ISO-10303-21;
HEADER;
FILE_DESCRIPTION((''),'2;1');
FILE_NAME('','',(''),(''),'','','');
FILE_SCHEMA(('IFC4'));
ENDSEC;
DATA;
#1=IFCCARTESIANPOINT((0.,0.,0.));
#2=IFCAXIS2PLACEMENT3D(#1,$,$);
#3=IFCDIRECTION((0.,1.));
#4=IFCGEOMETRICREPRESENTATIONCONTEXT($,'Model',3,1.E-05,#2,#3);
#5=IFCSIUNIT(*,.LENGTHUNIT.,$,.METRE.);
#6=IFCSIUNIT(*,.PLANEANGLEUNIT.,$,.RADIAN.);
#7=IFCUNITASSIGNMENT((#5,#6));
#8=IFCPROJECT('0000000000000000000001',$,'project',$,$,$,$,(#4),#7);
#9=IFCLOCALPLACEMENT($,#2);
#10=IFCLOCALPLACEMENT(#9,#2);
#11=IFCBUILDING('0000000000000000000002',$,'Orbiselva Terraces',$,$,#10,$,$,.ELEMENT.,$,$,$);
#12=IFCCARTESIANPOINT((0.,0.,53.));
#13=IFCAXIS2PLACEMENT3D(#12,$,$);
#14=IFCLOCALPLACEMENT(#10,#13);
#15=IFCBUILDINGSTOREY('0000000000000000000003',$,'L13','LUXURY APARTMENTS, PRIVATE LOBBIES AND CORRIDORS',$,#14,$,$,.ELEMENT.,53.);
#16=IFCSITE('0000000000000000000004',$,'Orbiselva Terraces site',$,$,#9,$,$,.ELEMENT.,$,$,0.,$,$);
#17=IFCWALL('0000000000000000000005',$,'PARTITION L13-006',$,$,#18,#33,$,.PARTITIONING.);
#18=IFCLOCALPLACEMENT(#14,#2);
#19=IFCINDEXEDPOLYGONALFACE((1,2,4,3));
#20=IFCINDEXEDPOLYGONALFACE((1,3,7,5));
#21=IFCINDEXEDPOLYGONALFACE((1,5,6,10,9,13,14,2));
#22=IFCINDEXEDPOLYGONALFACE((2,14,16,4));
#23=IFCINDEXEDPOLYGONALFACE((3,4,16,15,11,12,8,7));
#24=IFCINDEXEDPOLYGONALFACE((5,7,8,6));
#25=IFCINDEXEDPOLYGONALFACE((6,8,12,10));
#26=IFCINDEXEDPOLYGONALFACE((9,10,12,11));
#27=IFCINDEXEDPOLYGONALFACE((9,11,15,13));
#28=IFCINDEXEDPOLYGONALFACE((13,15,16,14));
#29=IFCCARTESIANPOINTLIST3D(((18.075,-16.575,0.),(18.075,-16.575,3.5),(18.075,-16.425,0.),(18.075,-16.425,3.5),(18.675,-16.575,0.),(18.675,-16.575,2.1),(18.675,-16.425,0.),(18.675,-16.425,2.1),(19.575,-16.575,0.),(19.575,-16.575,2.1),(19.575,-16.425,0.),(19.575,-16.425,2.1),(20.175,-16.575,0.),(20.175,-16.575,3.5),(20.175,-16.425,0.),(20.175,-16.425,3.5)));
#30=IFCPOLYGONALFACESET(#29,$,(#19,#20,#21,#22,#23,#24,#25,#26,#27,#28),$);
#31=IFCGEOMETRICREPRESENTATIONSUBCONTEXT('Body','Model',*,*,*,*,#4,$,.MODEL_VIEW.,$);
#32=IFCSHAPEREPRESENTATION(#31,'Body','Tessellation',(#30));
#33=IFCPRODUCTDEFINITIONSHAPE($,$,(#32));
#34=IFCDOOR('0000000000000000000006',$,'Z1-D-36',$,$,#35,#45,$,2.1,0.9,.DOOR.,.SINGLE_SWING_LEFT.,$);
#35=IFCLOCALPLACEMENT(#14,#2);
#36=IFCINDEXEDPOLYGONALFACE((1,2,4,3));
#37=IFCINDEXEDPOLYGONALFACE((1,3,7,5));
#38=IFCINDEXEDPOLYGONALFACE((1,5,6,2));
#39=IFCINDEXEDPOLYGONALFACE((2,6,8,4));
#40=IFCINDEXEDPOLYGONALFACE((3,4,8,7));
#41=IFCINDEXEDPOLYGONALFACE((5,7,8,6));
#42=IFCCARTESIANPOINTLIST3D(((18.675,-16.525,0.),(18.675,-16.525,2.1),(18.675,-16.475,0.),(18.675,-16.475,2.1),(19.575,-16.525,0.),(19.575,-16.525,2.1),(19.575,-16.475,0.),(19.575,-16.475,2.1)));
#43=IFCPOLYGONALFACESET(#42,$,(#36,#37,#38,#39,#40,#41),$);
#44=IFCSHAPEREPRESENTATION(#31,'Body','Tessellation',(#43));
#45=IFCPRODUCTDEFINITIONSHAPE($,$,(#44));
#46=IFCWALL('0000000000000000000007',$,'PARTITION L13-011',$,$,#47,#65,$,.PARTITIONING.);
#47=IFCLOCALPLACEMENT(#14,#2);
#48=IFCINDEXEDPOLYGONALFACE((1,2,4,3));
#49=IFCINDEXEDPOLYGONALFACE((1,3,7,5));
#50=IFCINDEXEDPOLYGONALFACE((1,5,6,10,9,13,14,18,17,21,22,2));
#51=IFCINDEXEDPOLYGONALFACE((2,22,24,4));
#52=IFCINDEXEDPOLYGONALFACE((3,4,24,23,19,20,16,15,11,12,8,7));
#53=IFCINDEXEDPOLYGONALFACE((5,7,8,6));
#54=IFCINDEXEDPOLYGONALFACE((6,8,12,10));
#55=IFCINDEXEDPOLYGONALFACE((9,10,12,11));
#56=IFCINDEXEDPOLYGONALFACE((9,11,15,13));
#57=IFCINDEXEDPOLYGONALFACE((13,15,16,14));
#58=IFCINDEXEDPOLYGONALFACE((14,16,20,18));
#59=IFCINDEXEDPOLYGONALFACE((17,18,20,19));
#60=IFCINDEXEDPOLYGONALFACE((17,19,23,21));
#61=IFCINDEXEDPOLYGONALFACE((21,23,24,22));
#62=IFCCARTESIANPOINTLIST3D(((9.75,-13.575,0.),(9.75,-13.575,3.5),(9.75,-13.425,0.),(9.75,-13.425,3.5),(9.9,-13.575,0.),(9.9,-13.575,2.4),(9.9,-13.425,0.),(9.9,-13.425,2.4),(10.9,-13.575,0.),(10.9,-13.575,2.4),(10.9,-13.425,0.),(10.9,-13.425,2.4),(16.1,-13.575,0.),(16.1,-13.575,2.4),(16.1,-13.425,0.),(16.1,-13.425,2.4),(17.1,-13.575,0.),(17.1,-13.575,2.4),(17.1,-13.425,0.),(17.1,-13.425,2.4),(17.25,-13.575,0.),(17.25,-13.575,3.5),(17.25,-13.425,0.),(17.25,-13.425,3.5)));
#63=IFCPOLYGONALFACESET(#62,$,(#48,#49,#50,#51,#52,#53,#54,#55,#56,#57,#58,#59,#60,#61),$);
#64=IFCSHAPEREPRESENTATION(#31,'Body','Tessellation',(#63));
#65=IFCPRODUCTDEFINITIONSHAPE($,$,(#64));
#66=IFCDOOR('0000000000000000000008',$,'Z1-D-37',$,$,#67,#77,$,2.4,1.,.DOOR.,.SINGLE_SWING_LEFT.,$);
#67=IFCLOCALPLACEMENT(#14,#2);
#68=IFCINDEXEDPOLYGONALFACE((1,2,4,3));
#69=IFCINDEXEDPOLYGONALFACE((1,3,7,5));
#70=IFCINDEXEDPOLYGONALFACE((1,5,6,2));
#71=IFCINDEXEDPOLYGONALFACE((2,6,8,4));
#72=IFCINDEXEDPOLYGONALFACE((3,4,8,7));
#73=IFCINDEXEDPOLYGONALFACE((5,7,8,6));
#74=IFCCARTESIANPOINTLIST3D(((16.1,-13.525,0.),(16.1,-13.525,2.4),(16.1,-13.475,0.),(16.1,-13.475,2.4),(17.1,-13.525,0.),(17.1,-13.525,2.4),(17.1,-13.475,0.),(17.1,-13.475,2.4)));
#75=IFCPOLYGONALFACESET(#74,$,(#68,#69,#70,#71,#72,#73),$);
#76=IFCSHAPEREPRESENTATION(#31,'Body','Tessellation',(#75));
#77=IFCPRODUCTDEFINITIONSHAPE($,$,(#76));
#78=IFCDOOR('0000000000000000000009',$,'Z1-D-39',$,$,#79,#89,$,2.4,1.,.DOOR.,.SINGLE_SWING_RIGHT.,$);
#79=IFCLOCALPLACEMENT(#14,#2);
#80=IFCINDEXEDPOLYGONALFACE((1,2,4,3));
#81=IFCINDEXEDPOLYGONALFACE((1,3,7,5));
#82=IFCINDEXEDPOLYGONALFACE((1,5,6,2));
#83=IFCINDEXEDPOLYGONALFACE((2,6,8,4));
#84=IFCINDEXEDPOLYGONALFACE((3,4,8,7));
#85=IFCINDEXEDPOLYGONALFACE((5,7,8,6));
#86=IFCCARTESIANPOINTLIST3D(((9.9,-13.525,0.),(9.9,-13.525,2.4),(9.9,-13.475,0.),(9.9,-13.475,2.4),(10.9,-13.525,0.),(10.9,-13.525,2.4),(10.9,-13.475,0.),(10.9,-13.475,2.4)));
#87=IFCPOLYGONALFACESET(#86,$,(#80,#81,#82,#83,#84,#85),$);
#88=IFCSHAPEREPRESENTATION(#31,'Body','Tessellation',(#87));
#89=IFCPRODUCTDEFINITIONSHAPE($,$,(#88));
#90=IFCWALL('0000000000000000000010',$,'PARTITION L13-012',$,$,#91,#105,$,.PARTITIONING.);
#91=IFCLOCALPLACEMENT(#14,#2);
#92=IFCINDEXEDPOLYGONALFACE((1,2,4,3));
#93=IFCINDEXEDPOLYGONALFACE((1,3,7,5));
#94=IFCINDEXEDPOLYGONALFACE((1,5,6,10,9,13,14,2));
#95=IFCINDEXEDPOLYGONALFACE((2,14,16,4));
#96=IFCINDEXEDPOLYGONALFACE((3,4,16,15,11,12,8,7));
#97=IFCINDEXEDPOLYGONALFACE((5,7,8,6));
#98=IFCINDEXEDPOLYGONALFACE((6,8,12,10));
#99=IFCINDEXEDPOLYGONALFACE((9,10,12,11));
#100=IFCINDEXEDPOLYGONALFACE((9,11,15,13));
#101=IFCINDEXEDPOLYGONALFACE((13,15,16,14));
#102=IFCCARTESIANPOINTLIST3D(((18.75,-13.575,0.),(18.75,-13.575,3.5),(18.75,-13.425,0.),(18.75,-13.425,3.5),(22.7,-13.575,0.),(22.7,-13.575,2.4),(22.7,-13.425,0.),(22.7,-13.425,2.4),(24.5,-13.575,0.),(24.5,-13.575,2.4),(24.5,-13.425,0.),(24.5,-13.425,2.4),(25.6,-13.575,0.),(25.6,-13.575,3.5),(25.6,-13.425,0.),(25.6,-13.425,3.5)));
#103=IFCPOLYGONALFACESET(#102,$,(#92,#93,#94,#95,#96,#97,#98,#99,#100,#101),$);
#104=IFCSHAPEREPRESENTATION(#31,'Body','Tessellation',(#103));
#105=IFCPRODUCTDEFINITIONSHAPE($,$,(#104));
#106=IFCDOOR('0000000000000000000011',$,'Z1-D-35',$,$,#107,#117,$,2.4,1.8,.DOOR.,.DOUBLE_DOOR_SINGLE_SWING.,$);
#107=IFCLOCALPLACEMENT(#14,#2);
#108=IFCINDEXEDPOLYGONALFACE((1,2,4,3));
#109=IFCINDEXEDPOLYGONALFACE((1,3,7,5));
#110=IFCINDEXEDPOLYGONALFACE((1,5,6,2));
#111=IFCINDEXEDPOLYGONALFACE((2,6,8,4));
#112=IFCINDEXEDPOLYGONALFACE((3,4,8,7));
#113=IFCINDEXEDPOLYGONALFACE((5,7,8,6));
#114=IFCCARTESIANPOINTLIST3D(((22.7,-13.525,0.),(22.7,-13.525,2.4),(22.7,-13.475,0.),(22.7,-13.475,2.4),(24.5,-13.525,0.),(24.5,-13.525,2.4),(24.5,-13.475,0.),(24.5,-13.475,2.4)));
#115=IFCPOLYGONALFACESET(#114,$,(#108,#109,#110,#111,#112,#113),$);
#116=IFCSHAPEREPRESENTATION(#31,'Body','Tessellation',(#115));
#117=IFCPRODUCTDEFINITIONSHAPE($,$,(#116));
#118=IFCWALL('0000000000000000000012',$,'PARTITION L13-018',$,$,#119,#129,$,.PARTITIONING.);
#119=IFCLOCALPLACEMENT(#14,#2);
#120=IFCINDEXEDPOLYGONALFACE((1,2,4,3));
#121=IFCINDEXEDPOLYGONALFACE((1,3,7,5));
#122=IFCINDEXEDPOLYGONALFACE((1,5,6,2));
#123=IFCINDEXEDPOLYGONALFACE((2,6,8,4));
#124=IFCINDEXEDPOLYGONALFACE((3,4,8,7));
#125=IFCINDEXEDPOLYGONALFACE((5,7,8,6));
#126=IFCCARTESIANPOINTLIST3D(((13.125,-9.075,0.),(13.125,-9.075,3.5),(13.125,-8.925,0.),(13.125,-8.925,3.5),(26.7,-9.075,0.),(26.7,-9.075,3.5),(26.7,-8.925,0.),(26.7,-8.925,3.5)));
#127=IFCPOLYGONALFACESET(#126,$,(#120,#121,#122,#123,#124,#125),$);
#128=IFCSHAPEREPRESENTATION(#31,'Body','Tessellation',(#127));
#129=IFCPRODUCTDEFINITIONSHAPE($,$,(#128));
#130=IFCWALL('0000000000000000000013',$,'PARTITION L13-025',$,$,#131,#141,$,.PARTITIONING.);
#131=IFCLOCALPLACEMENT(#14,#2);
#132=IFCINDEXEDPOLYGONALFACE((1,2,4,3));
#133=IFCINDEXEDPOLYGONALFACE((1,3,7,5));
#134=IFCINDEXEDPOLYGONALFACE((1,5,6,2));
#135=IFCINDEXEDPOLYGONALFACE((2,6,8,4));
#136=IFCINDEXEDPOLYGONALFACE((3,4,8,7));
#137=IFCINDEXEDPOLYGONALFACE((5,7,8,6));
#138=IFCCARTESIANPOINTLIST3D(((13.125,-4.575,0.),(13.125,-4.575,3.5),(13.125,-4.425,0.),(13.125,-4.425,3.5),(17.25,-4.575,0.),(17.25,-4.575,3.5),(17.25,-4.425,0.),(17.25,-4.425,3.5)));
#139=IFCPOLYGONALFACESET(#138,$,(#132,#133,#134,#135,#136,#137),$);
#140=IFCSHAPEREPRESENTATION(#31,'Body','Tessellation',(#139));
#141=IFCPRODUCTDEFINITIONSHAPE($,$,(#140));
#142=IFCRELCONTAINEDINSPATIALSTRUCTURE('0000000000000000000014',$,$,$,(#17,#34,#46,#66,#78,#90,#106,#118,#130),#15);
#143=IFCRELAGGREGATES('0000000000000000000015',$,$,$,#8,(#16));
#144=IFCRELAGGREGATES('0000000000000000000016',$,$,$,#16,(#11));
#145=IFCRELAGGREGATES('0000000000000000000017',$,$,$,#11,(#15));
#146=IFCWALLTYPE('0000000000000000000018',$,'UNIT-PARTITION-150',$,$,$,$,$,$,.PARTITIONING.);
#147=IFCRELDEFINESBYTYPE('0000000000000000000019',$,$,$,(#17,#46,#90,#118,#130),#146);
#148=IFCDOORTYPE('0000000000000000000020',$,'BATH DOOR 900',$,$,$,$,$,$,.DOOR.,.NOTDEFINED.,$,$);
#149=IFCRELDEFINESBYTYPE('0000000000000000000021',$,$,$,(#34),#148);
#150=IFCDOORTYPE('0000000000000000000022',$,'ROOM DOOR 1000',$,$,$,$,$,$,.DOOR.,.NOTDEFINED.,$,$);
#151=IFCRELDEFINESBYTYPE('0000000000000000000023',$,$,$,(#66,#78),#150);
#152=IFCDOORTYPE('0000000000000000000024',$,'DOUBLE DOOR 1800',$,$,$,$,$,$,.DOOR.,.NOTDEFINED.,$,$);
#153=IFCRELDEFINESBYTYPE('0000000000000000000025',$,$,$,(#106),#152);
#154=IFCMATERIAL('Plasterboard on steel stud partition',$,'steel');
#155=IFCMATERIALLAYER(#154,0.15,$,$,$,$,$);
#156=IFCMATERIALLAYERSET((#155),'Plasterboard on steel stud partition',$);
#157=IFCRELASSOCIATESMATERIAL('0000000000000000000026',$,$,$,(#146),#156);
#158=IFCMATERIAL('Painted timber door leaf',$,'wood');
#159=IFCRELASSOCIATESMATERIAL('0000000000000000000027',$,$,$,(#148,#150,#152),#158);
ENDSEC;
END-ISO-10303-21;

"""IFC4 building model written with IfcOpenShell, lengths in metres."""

from ifc_helpers import new_model, si_unit, direction, frame, frame_2d, origin, place, context, subcontext, project, spatial, rectangle, extrude, material, layer, layer_set, type_object, element, fill, save


model = new_model("IFC4")

# Units and contexts
model_context = context("Model", 3, precision=1e-05, world=origin(), true_north=direction((0.0, 1.0)))
body_context = subcontext(model_context, "Body", "Model", "MODEL_VIEW")
ifc_project = project(units=[si_unit("LENGTHUNIT", "METRE"), si_unit("PLANEANGLEUNIT", "RADIAN")], contexts=[model_context])

# Site, building, storey
site_placement = place(None, origin())
site = spatial("IfcSite", under=ifc_project, at=site_placement, Name="Orbiselva Terraces site", CompositionType="ELEMENT", RefElevation=0.0)
building_placement = place(site_placement, origin())
building = spatial("IfcBuilding", under=site, at=building_placement, Name="Orbiselva Terraces", CompositionType="ELEMENT")
storey_placement = place(building_placement, frame((0.0, 0.0, 53.0)))
storey = spatial("IfcBuildingStorey", under=building, at=storey_placement, Name="L13", Description="LUXURY APARTMENTS, PRIVATE LOBBIES AND CORRIDORS", CompositionType="ELEMENT", Elevation=53.0)

# Shared definitions
ifc_material_1 = material(Name="Plasterboard on steel stud partition", Category="steel")

# Wall, opening, door
ifc_layer_1 = layer(ifc_material_1, 0.15)
ifc_layer_set_1 = layer_set([ifc_layer_1], Name="Plasterboard on steel stud partition")
wall_type_1 = type_object("IfcWallType", Name="UNIT-PARTITION-150", PredefinedType="PARTITIONING", material=ifc_layer_set_1)
wall_1_placement = place(storey_placement, frame((18.075, -16.5, 0.0), z_axis=(0.0, 0.0, 1.0), x_axis=(1.0, 0.0, 0.0)))
wall_1 = element("IfcWall", 1, at=wall_1_placement, inside=storey, type_object=wall_type_1, Name="PARTITION L13-006", PredefinedType="PARTITIONING", context=body_context, shape_type="SweptSolid", body=[
    extrude(rectangle(XDim=2.1, YDim=0.15, at=frame_2d((1.05, 0.0))), origin(), (0.0, 0.0, 1.0), 3.5),
])
opening_1_placement = place(wall_1_placement, frame((0.6, 0.0, 0.0)))
opening_1 = element("IfcOpeningElement", 2, at=opening_1_placement, cuts=wall_1, PredefinedType="OPENING", context=body_context, shape_type="SweptSolid", body=[
    extrude(rectangle(XDim=0.9, YDim=2.1, at=frame_2d((0.45, 1.05))), frame((0.0, 0.085, 0.0), z_axis=(0.0, -1.0, 0.0), x_axis=(1.0, 0.0, 0.0)), (0.0, 0.0, 1.0), 0.17),
])
ifc_material_2 = material(Name="Painted timber door leaf", Category="wood")
door_type_1 = type_object("IfcDoorType", Name="BATH DOOR 900", OperationType="NOTDEFINED", PredefinedType="DOOR", material=ifc_material_2)
door_1_placement = place(opening_1_placement, origin())
door_1 = element("IfcDoor", 3, at=door_1_placement, inside=storey, type_object=door_type_1, Name="Z1-D-36", OperationType="SINGLE_SWING_LEFT", OverallHeight=2.1, OverallWidth=0.9, PredefinedType="DOOR", context=body_context, shape_type="SweptSolid", body=[
    extrude(rectangle(XDim=0.9, YDim=2.1, at=frame_2d((0.45, 1.05))), frame((0.0, 0.025, 0.0), z_axis=(0.0, -1.0, 0.0), x_axis=(1.0, 0.0, 0.0)), (0.0, 0.0, 1.0), 0.05),
])
fill(opening_1, door_1)

# Wall, openings, doors
wall_2_placement = place(storey_placement, frame((17.25, -13.5, 0.0), z_axis=(0.0, 0.0, 1.0), x_axis=(-1.0, 0.0, 0.0)))
wall_2 = element("IfcWall", 4, at=wall_2_placement, inside=storey, type_object=wall_type_1, Name="PARTITION L13-011", PredefinedType="PARTITIONING", context=body_context, shape_type="SweptSolid", body=[
    extrude(rectangle(XDim=7.5, YDim=0.15, at=frame_2d((3.75, 0.0))), origin(), (0.0, 0.0, 1.0), 3.5),
])
opening_2_placement = place(wall_2_placement, frame((0.15, 0.0, 0.0)))
opening_2 = element("IfcOpeningElement", 5, at=opening_2_placement, cuts=wall_2, PredefinedType="OPENING", context=body_context, shape_type="SweptSolid", body=[
    extrude(rectangle(XDim=1.0, YDim=2.4, at=frame_2d((0.5, 1.2))), frame((0.0, 0.085, 0.0), z_axis=(0.0, -1.0, 0.0), x_axis=(1.0, 0.0, 0.0)), (0.0, 0.0, 1.0), 0.17),
])
opening_3_placement = place(wall_2_placement, frame((6.35, 0.0, 0.0)))
opening_3 = element("IfcOpeningElement", 6, at=opening_3_placement, cuts=wall_2, PredefinedType="OPENING", context=body_context, shape_type="SweptSolid", body=[
    extrude(rectangle(XDim=1.0, YDim=2.4, at=frame_2d((0.5, 1.2))), frame((0.0, 0.085, 0.0), z_axis=(0.0, -1.0, 0.0), x_axis=(1.0, 0.0, 0.0)), (0.0, 0.0, 1.0), 0.17),
])
door_type_2 = type_object("IfcDoorType", Name="ROOM DOOR 1000", OperationType="NOTDEFINED", PredefinedType="DOOR", material=ifc_material_2)
door_2_placement = place(opening_2_placement, origin())
door_2 = element("IfcDoor", 7, at=door_2_placement, inside=storey, type_object=door_type_2, Name="Z1-D-37", OperationType="SINGLE_SWING_LEFT", OverallHeight=2.4, OverallWidth=1.0, PredefinedType="DOOR", context=body_context, shape_type="SweptSolid", body=[
    extrude(rectangle(XDim=1.0, YDim=2.4, at=frame_2d((0.5, 1.2))), frame((0.0, 0.025, 0.0), z_axis=(0.0, -1.0, 0.0), x_axis=(1.0, 0.0, 0.0)), (0.0, 0.0, 1.0), 0.05),
])
fill(opening_2, door_2)
door_3_placement = place(opening_3_placement, origin())
door_3 = element("IfcDoor", 8, at=door_3_placement, inside=storey, type_object=door_type_2, Name="Z1-D-39", OperationType="SINGLE_SWING_RIGHT", OverallHeight=2.4, OverallWidth=1.0, PredefinedType="DOOR", context=body_context, shape_type="SweptSolid", body=[
    extrude(rectangle(XDim=1.0, YDim=2.4, at=frame_2d((0.5, 1.2))), frame((0.0, 0.025, 0.0), z_axis=(0.0, -1.0, 0.0), x_axis=(1.0, 0.0, 0.0)), (0.0, 0.0, 1.0), 0.05),
])
fill(opening_3, door_3)

# Wall, opening, door
wall_3_placement = place(storey_placement, frame((25.6, -13.5, 0.0), z_axis=(0.0, 0.0, 1.0), x_axis=(-1.0, 0.0, 0.0)))
wall_3 = element("IfcWall", 9, at=wall_3_placement, inside=storey, type_object=wall_type_1, Name="PARTITION L13-012", PredefinedType="PARTITIONING", context=body_context, shape_type="SweptSolid", body=[
    extrude(rectangle(XDim=6.85, YDim=0.15, at=frame_2d((3.425, 0.0))), origin(), (0.0, 0.0, 1.0), 3.5),
])
opening_4_placement = place(wall_3_placement, frame((1.1, 0.0, 0.0)))
opening_4 = element("IfcOpeningElement", 10, at=opening_4_placement, cuts=wall_3, PredefinedType="OPENING", context=body_context, shape_type="SweptSolid", body=[
    extrude(rectangle(XDim=1.8, YDim=2.4, at=frame_2d((0.9, 1.2))), frame((0.0, 0.085, 0.0), z_axis=(0.0, -1.0, 0.0), x_axis=(1.0, 0.0, 0.0)), (0.0, 0.0, 1.0), 0.17),
])
door_type_3 = type_object("IfcDoorType", Name="DOUBLE DOOR 1800", OperationType="NOTDEFINED", PredefinedType="DOOR", material=ifc_material_2)
door_4_placement = place(opening_4_placement, origin())
door_4 = element("IfcDoor", 11, at=door_4_placement, inside=storey, type_object=door_type_3, Name="Z1-D-35", OperationType="DOUBLE_DOOR_SINGLE_SWING", OverallHeight=2.4, OverallWidth=1.8, PredefinedType="DOOR", context=body_context, shape_type="SweptSolid", body=[
    extrude(rectangle(XDim=1.8, YDim=2.4, at=frame_2d((0.9, 1.2))), frame((0.0, 0.025, 0.0), z_axis=(0.0, -1.0, 0.0), x_axis=(1.0, 0.0, 0.0)), (0.0, 0.0, 1.0), 0.05),
])
fill(opening_4, door_4)

# Walls
wall_4_placement = place(storey_placement, frame((13.125, -9.0, 0.0), z_axis=(0.0, 0.0, 1.0), x_axis=(1.0, 0.0, 0.0)))
element("IfcWall", 12, at=wall_4_placement, inside=storey, type_object=wall_type_1, Name="PARTITION L13-018", PredefinedType="PARTITIONING", context=body_context, shape_type="SweptSolid", body=[
    extrude(rectangle(XDim=13.575, YDim=0.15, at=frame_2d((6.7875, 0.0))), origin(), (0.0, 0.0, 1.0), 3.5),
])
wall_5_placement = place(storey_placement, frame((13.125, -4.5, 0.0), z_axis=(0.0, 0.0, 1.0), x_axis=(1.0, 0.0, 0.0)))
element("IfcWall", 13, at=wall_5_placement, inside=storey, type_object=wall_type_1, Name="PARTITION L13-025", PredefinedType="PARTITIONING", context=body_context, shape_type="SweptSolid", body=[
    extrude(rectangle(XDim=4.125, YDim=0.15, at=frame_2d((2.0625, 0.0))), origin(), (0.0, 0.0, 1.0), 3.5),
])

save(model, "model.ifc")
